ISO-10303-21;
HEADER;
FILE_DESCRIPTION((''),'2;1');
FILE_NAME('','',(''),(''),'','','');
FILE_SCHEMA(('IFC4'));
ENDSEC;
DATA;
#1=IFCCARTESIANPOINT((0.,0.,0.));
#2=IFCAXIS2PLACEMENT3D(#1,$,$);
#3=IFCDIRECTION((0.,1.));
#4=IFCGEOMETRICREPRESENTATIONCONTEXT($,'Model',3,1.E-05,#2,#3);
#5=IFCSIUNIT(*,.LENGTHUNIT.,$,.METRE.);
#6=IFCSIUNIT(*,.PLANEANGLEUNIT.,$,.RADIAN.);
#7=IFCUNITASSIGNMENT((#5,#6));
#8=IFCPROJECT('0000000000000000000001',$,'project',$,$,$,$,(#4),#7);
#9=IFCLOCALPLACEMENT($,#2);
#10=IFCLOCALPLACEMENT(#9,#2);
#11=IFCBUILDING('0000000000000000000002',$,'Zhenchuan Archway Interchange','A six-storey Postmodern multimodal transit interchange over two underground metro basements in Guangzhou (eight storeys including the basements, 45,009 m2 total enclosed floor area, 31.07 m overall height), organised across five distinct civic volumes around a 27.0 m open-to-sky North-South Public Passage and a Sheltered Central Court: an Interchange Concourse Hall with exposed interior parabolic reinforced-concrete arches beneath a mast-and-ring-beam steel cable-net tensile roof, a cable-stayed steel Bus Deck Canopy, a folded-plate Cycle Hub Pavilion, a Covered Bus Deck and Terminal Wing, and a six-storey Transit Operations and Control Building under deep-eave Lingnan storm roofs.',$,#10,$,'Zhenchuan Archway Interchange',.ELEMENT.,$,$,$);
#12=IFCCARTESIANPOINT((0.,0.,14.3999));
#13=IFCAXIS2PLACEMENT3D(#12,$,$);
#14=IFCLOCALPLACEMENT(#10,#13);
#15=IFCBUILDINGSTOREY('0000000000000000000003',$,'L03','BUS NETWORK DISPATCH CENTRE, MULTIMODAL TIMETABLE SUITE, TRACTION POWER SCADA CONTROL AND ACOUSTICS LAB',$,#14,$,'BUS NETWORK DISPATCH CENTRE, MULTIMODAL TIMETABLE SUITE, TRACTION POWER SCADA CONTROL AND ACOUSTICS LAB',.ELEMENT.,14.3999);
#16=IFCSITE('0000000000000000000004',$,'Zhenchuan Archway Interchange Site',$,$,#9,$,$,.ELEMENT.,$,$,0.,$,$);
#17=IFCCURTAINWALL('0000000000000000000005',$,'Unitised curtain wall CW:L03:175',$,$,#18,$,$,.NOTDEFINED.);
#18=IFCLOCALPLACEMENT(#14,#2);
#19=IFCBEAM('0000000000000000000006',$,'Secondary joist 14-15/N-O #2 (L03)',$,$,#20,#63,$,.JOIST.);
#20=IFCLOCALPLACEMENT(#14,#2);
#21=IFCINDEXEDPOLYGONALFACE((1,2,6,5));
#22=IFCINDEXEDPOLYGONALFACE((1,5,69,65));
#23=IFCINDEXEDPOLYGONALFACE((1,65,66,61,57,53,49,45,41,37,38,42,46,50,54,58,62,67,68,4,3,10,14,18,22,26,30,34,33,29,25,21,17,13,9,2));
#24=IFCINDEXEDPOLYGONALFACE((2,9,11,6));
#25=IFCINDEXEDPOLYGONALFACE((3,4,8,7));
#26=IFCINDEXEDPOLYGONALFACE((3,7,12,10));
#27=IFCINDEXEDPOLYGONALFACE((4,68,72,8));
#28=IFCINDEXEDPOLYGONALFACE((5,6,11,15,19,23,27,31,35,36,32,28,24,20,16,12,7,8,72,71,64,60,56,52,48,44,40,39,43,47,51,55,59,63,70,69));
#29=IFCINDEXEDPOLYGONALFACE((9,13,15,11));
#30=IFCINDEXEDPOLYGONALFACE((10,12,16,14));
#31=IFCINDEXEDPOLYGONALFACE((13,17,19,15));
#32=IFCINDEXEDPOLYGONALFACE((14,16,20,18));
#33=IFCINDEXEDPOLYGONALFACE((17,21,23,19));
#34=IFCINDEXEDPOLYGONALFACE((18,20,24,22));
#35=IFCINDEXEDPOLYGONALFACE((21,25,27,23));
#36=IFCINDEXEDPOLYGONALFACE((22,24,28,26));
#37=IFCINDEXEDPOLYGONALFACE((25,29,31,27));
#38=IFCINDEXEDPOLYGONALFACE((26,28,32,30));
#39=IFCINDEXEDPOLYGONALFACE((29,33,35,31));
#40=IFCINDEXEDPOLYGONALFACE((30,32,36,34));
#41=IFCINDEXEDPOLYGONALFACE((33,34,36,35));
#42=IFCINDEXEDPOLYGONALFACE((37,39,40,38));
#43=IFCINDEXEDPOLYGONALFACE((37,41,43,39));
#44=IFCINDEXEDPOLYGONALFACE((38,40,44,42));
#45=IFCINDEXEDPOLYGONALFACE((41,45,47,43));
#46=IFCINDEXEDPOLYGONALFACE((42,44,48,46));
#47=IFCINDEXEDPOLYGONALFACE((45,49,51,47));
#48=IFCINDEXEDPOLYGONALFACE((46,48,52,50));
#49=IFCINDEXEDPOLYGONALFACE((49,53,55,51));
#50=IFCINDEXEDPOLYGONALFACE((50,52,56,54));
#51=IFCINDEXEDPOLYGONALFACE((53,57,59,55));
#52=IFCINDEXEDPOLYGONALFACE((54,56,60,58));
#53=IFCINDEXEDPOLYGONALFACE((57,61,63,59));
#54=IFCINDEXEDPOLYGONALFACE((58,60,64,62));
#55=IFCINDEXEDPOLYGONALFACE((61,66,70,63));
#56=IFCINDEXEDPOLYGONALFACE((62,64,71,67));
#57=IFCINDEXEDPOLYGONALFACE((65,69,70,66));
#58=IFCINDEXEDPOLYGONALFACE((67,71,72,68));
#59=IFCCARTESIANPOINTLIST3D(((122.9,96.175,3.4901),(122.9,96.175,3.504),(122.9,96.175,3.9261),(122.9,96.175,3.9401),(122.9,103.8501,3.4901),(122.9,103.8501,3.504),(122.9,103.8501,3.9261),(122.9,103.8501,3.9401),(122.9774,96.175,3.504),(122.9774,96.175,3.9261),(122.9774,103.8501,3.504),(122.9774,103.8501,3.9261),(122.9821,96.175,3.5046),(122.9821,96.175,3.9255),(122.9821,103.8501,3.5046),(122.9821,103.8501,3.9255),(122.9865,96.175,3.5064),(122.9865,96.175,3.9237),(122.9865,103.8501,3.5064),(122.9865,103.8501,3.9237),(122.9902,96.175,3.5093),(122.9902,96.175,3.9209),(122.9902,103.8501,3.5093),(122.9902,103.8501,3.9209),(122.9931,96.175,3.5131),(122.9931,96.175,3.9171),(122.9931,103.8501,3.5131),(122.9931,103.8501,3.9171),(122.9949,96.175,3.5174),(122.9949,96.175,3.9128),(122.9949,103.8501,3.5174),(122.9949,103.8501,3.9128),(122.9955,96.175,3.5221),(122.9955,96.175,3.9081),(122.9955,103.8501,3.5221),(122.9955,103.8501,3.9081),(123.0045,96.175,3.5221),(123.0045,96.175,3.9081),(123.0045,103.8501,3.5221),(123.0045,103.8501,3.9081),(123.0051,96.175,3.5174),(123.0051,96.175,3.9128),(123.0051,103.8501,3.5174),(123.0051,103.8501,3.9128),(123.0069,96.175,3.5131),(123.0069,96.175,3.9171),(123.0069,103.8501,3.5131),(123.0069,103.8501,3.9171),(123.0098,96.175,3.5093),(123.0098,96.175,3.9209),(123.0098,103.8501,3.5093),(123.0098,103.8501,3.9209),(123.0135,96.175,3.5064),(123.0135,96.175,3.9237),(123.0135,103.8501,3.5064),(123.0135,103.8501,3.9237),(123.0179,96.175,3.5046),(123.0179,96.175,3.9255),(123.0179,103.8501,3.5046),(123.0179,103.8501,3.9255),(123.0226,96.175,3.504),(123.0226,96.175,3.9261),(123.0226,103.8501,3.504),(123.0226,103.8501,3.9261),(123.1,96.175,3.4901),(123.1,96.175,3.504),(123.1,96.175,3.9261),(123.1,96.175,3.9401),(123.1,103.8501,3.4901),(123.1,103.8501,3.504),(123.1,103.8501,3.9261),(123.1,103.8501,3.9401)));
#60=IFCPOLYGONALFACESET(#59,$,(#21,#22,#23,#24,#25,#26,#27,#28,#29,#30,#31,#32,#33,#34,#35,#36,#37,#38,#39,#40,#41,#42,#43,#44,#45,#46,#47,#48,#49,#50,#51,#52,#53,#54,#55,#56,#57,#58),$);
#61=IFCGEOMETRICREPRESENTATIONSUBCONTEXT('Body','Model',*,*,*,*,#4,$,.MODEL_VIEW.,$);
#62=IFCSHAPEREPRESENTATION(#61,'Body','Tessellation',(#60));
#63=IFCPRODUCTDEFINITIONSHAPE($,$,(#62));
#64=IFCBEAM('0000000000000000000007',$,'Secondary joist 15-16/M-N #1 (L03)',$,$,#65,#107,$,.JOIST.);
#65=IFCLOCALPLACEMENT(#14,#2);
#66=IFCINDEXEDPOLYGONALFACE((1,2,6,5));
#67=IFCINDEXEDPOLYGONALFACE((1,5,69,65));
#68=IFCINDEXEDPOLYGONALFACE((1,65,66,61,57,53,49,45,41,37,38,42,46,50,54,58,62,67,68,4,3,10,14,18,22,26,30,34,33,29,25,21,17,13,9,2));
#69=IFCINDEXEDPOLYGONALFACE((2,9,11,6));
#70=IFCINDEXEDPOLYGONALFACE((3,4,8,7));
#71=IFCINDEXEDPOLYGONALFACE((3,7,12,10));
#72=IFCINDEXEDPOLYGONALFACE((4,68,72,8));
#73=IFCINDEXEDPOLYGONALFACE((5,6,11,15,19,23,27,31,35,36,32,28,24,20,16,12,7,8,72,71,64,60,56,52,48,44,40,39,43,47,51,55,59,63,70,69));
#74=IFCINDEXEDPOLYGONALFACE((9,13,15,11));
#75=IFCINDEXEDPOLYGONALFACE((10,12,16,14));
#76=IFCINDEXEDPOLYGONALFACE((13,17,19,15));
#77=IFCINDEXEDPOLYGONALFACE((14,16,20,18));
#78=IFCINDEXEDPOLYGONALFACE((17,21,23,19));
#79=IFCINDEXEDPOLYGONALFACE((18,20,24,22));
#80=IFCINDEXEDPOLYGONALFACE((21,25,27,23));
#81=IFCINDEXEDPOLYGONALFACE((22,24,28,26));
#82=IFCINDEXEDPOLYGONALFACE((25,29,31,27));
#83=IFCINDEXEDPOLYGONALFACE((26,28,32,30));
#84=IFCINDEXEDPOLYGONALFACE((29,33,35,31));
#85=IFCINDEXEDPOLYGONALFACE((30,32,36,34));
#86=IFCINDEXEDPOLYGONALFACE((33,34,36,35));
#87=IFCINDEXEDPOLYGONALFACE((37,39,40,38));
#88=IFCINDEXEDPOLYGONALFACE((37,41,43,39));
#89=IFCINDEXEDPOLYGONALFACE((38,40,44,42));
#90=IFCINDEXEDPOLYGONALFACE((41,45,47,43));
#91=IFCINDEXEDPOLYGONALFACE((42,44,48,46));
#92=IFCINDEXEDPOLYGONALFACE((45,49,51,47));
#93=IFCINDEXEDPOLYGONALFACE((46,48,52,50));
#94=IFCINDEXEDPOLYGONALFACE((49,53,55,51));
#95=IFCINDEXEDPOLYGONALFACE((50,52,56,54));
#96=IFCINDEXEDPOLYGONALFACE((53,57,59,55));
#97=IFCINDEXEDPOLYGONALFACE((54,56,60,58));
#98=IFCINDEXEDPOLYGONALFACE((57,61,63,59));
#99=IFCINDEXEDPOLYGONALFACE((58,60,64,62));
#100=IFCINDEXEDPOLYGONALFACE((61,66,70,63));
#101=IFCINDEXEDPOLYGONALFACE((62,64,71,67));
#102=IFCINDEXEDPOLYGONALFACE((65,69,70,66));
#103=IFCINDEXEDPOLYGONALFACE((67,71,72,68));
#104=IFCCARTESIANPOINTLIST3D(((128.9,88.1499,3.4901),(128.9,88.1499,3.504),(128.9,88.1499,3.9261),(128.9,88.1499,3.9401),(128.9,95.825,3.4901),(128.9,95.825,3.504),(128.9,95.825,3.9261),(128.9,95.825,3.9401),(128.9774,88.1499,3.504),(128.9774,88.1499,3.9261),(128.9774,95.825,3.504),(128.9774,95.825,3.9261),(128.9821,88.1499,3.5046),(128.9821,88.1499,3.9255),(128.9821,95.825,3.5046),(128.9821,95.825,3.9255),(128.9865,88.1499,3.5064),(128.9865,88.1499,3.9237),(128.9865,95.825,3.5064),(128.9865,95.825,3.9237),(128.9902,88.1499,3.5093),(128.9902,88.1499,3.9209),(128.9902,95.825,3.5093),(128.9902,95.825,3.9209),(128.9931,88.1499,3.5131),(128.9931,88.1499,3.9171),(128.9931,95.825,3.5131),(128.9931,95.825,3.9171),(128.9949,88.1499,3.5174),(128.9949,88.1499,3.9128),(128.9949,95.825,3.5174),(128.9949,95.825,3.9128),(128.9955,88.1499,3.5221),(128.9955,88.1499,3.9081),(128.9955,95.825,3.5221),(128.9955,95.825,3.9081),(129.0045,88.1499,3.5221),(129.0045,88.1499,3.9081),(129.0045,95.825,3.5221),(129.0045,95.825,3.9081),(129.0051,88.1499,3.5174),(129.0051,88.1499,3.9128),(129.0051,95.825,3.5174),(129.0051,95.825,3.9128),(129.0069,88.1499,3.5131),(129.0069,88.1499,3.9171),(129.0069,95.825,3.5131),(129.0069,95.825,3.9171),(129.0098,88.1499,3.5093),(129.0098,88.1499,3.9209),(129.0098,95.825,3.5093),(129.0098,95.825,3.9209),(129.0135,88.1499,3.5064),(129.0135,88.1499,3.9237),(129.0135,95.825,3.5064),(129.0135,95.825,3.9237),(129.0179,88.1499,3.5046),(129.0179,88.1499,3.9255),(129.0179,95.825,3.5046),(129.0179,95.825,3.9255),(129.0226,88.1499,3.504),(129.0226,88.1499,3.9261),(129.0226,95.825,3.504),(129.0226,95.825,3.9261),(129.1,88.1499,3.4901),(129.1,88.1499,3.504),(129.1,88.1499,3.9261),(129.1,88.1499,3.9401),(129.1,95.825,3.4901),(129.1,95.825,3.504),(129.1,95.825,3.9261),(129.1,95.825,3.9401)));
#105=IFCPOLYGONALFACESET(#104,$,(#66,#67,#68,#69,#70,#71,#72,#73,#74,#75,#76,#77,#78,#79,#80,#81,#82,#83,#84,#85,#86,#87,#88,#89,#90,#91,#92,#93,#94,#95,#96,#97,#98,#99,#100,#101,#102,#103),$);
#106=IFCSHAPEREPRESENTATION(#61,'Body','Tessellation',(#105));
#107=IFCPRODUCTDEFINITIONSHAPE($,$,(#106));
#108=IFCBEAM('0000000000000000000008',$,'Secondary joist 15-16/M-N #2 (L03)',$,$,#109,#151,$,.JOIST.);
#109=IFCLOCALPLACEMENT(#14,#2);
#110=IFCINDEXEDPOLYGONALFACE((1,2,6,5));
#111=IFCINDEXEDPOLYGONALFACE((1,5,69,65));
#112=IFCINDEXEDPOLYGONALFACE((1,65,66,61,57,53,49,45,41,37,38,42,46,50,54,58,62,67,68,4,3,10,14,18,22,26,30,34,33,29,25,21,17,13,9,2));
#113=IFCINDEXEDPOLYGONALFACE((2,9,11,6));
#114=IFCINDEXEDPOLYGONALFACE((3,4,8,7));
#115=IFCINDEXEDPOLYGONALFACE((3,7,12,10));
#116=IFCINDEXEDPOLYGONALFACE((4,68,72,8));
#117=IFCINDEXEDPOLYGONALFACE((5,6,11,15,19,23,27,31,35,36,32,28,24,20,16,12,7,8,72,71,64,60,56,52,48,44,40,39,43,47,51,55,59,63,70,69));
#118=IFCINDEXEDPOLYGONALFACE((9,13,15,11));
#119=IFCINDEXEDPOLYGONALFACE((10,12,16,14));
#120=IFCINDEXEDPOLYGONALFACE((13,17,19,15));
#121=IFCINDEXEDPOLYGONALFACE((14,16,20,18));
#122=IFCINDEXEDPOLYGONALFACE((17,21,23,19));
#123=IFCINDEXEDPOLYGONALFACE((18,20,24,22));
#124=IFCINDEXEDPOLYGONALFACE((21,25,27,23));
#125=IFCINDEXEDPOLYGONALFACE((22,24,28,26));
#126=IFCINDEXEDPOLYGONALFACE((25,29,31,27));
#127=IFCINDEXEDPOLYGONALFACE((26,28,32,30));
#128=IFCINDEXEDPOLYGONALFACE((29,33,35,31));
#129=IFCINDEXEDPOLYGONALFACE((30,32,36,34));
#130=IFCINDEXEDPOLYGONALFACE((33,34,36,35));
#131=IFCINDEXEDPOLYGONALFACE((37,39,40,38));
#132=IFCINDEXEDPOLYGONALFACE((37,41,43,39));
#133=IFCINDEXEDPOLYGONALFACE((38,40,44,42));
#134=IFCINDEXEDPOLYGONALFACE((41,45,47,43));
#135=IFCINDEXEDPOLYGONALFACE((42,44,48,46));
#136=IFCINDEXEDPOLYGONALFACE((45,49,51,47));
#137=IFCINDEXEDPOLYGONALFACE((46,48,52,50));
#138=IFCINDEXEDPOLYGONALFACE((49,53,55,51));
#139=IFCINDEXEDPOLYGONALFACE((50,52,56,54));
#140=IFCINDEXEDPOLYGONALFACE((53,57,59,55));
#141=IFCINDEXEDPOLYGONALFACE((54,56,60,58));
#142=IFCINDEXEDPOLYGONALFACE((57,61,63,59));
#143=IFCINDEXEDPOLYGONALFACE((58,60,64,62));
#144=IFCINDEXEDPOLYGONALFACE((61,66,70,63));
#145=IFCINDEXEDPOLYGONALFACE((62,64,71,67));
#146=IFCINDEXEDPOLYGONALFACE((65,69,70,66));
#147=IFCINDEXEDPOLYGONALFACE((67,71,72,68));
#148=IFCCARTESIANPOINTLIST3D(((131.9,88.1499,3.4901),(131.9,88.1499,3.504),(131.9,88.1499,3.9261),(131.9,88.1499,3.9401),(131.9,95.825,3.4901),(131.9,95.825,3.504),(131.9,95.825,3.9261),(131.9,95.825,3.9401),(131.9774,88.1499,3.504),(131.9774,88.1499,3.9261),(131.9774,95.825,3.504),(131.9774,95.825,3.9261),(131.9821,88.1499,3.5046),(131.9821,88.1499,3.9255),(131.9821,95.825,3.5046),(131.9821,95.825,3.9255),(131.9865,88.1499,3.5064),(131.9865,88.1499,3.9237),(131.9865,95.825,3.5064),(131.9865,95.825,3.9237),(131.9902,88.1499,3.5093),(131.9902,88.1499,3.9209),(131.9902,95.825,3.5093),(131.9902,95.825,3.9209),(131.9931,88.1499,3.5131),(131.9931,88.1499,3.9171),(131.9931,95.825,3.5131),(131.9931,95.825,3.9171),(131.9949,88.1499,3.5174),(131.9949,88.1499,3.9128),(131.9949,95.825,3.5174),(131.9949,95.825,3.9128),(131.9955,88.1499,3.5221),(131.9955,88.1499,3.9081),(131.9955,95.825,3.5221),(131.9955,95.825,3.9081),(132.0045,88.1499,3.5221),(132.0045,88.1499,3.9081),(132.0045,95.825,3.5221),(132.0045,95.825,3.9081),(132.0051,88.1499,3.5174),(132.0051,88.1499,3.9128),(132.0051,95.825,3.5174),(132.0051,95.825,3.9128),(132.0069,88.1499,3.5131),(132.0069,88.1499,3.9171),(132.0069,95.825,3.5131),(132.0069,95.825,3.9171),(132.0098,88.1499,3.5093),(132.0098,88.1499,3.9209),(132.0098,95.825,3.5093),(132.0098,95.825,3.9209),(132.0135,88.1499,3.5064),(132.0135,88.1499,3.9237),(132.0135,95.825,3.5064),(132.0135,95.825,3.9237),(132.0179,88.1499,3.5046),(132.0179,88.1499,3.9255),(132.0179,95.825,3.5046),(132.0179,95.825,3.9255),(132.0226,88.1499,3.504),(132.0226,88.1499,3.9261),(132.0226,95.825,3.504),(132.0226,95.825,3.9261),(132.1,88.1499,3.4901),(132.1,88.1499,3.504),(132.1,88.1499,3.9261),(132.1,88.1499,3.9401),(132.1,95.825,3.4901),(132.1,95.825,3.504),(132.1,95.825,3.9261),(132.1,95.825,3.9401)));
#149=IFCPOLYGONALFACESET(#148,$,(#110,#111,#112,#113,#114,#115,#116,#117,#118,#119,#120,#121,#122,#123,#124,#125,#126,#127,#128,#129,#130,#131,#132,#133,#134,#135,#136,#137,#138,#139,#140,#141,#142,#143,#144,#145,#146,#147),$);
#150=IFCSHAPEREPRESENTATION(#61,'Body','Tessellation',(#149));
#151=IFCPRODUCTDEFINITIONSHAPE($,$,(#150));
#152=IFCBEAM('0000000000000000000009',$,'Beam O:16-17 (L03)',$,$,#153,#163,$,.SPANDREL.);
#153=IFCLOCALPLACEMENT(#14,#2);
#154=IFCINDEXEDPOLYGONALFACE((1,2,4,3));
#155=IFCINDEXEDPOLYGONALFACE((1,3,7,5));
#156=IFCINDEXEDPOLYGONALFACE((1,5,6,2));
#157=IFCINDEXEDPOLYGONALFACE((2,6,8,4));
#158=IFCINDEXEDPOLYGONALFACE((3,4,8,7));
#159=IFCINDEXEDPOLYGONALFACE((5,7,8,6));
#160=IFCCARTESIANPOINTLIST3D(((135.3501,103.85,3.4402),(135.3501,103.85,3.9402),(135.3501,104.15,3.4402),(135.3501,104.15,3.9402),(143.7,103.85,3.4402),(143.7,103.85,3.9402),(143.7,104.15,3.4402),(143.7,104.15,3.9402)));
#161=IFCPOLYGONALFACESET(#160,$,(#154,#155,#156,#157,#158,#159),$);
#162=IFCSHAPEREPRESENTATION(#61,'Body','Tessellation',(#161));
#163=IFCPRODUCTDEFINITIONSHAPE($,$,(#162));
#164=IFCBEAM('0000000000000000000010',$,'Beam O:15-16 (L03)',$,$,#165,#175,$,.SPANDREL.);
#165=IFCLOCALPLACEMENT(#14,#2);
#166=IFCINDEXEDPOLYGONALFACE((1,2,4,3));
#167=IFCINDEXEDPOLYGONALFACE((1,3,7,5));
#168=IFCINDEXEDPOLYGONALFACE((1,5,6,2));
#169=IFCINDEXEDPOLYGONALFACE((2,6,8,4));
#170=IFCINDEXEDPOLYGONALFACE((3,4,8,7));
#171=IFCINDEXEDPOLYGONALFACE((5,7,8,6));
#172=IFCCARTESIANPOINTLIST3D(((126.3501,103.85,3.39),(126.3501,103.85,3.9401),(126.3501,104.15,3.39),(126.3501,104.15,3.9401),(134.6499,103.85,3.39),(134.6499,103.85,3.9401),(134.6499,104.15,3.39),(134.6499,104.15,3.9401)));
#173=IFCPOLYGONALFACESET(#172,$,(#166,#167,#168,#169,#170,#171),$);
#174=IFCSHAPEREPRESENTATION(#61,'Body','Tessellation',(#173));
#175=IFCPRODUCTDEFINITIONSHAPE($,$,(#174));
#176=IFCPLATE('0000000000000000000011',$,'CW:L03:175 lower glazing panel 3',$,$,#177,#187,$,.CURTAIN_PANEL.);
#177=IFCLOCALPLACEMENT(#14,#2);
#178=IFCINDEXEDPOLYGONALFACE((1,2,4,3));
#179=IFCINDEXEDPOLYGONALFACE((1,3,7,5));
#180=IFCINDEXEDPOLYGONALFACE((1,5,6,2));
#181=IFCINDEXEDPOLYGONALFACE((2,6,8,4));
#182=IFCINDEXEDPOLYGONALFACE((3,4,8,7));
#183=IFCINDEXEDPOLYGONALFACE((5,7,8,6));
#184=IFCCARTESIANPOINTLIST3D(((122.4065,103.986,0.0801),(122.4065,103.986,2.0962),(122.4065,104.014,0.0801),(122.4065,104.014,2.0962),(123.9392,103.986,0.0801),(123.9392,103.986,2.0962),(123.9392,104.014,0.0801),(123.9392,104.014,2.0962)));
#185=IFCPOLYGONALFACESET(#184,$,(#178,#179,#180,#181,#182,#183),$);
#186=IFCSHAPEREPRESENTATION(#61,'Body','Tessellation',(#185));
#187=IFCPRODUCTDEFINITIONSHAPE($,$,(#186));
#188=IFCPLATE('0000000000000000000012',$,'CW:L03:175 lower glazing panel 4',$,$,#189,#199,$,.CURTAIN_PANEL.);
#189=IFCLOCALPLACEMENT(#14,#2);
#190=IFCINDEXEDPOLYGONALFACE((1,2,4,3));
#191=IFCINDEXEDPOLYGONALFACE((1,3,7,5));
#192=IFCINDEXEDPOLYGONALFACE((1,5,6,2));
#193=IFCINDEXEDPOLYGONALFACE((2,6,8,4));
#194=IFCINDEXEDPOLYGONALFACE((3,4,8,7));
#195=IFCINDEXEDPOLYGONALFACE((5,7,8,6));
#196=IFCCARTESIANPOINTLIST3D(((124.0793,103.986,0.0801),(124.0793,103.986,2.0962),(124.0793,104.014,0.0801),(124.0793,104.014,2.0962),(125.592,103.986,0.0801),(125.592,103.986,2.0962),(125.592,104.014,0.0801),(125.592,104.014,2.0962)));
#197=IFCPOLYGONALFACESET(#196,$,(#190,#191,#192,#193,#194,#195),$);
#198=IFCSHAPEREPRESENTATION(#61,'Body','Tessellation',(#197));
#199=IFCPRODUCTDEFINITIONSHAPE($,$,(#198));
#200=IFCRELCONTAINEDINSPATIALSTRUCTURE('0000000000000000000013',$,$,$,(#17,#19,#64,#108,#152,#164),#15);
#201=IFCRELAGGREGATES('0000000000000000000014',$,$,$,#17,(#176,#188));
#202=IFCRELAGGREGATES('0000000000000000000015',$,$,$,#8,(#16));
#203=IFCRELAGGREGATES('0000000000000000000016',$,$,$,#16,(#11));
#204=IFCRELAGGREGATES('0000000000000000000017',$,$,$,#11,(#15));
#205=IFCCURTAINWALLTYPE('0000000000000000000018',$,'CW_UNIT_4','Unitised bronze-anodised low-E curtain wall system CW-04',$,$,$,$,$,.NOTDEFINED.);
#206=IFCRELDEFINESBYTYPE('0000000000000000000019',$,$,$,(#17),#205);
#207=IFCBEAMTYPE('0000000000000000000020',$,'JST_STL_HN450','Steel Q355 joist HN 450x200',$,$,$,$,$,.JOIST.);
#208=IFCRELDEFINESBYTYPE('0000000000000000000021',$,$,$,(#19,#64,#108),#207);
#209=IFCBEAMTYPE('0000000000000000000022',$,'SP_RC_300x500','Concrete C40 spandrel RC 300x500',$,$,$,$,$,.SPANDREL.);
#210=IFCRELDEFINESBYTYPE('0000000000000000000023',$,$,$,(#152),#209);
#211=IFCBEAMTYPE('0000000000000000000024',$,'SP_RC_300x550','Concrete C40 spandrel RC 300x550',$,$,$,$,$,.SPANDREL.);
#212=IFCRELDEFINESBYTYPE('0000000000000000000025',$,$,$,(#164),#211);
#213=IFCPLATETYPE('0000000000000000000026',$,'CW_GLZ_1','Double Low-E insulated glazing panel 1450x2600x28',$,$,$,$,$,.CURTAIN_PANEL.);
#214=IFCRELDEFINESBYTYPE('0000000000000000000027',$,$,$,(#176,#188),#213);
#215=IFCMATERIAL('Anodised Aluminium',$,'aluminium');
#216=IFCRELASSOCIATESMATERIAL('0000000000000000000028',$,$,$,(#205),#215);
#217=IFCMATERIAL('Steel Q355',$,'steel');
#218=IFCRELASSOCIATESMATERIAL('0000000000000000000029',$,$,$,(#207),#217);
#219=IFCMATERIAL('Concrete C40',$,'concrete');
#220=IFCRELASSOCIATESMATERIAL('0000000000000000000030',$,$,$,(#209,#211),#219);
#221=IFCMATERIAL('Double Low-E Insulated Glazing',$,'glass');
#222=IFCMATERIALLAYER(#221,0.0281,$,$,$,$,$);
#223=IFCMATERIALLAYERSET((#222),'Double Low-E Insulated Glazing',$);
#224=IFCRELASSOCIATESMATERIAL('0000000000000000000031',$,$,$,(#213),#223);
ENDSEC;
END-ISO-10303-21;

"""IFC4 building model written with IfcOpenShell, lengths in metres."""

from ifc_helpers import new_model, si_unit, direction, frame, origin, origin_2d, place, context, subcontext, project, spatial, rectangle, i_section, extrude, material, layer, layer_set, material_profile, profile_set, type_object, element, aggregate, save


model = new_model("IFC4")

# Units and contexts
model_context = context("Model", 3, precision=1e-05, world=origin(), true_north=direction((0.0, 1.0)))
body_context = subcontext(model_context, "Body", "Model", "MODEL_VIEW")
ifc_project = project(units=[si_unit("LENGTHUNIT", "METRE"), si_unit("PLANEANGLEUNIT", "RADIAN")], contexts=[model_context])

# Site, building, storey
site_placement = place(None, origin())
site = spatial("IfcSite", under=ifc_project, at=site_placement, Name="Zhenchuan Archway Interchange Site", CompositionType="ELEMENT", RefElevation=0.0)
building_placement = place(site_placement, origin())
building = spatial("IfcBuilding", under=site, at=building_placement, Name="Zhenchuan Archway Interchange", Description="A six-storey Postmodern multimodal transit interchange over two underground metro basements in Guangzhou (eight storeys including the basements, 45,009 m2 total enclosed floor area, 31.07 m overall height), organised across five distinct civic volumes around a 27.0 m open-to-sky North-South Public Passage and a Sheltered Central Court: an Interchange Concourse Hall with exposed interior parabolic reinforced-concrete arches beneath a mast-and-ring-beam steel cable-net tensile roof, a cable-stayed steel Bus Deck Canopy, a folded-plate Cycle Hub Pavilion, a Covered Bus Deck and Terminal Wing, and a six-storey Transit Operations and Control Building under deep-eave Lingnan storm roofs.", LongName="Zhenchuan Archway Interchange", CompositionType="ELEMENT")
storey_placement = place(building_placement, frame((0.0, 0.0, 14.3999)))
storey = spatial("IfcBuildingStorey", under=building, at=storey_placement, Name="L03", Description="BUS NETWORK DISPATCH CENTRE, MULTIMODAL TIMETABLE SUITE, TRACTION POWER SCADA CONTROL AND ACOUSTICS LAB", LongName="BUS NETWORK DISPATCH CENTRE, MULTIMODAL TIMETABLE SUITE, TRACTION POWER SCADA CONTROL AND ACOUSTICS LAB", CompositionType="ELEMENT", Elevation=14.3999)

# Shared definitions
ifc_material_1 = material(Name="Concrete C40", Category="concrete")

# Curtain wall
ifc_material_2 = material(Name="Anodised Aluminium", Category="aluminium")
curtain_wall_type_1 = type_object("IfcCurtainWallType", Name="CW_UNIT_4", Description="Unitised bronze-anodised low-E curtain wall system CW-04", PredefinedType="NOTDEFINED", material=ifc_material_2)
curtain_wall_1_placement = place(storey_placement, origin())
curtain_wall_1 = element("IfcCurtainWall", 1, at=curtain_wall_1_placement, inside=storey, type_object=curtain_wall_type_1, Name="Unitised curtain wall CW:L03:175", PredefinedType="NOTDEFINED")

# Beams
ifc_material_3 = material(Name="Steel Q355", Category="steel")
ifc_material_profile_1 = material_profile(ifc_material_3, i_section(OverallWidth=0.2, OverallDepth=0.45, WebThickness=0.009, FlangeThickness=0.0139, FilletRadius=0.0181, at=origin_2d()), Name="HN 450x200")
ifc_profile_set_1 = profile_set([ifc_material_profile_1], Name="Steel Q355")
beam_type_1 = type_object("IfcBeamType", Name="JST_STL_HN450", Description="Steel Q355 joist HN 450x200", PredefinedType="JOIST", material=ifc_profile_set_1)
for number, where, z_axis, x_axis, name in (
    (2, (123.0, 96.175, 3.7151), (0.0, 1.0, 0.0), (-1.0, 0.0, 0.0), "Secondary joist 14-15/N-O #2 (L03)"),
    (3, (129.0, 88.1499, 3.7151), (0.0, 1.0, 0.0), (-1.0, 0.0, 0.0), "Secondary joist 15-16/M-N #1 (L03)"),
    (4, (132.0, 88.1499, 3.7151), (0.0, 1.0, 0.0), (-1.0, 0.0, 0.0), "Secondary joist 15-16/M-N #2 (L03)"),
):
    element("IfcBeam", number, at=place(storey_placement, frame(where, z_axis=z_axis, x_axis=x_axis)), inside=storey, type_object=beam_type_1, Name=name, PredefinedType="JOIST", context=body_context, shape_type="SweptSolid", body=[
        extrude(i_section(OverallWidth=0.2, OverallDepth=0.45, WebThickness=0.009, FlangeThickness=0.0139, FilletRadius=0.0181, at=origin_2d()), origin(), (0.0, 0.0, 1.0), 7.675),
    ])
ifc_material_profile_2 = material_profile(ifc_material_1, rectangle(XDim=0.3, YDim=0.5, at=origin_2d()), Name="RC 300x500")
ifc_profile_set_2 = profile_set([ifc_material_profile_2], Name="Concrete C40")
beam_type_2 = type_object("IfcBeamType", Name="SP_RC_300x500", Description="Concrete C40 spandrel RC 300x500", PredefinedType="SPANDREL", material=ifc_profile_set_2)
beam_1_placement = place(storey_placement, frame((135.3501, 104.0, 3.6902), z_axis=(1.0, 0.0, 0.0), x_axis=(0.0, 1.0, 0.0)))
element("IfcBeam", 5, at=beam_1_placement, inside=storey, type_object=beam_type_2, Name="Beam O:16-17 (L03)", PredefinedType="SPANDREL", context=body_context, shape_type="SweptSolid", body=[
    extrude(rectangle(XDim=0.3, YDim=0.5, at=origin_2d()), origin(), (0.0, 0.0, 1.0), 8.3499),
])
ifc_material_profile_3 = material_profile(ifc_material_1, rectangle(XDim=0.3, YDim=0.55, at=origin_2d()), Name="RC 300x550")
ifc_profile_set_3 = profile_set([ifc_material_profile_3], Name="Concrete C40")
beam_type_3 = type_object("IfcBeamType", Name="SP_RC_300x550", Description="Concrete C40 spandrel RC 300x550", PredefinedType="SPANDREL", material=ifc_profile_set_3)
beam_2_placement = place(storey_placement, frame((126.3501, 104.0, 3.665), z_axis=(1.0, 0.0, 0.0), x_axis=(0.0, 1.0, 0.0)))
element("IfcBeam", 6, at=beam_2_placement, inside=storey, type_object=beam_type_3, Name="Beam O:15-16 (L03)", PredefinedType="SPANDREL", context=body_context, shape_type="SweptSolid", body=[
    extrude(rectangle(XDim=0.3, YDim=0.55, at=origin_2d()), origin(), (0.0, 0.0, 1.0), 8.2998),
])

# Plates
ifc_material_4 = material(Name="Double Low-E Insulated Glazing", Category="glass")
ifc_layer_1 = layer(ifc_material_4, 0.0281)
ifc_layer_set_1 = layer_set([ifc_layer_1], Name="Double Low-E Insulated Glazing")
plate_type_1 = type_object("IfcPlateType", Name="CW_GLZ_1", Description="Double Low-E insulated glazing panel 1450x2600x28", PredefinedType="CURTAIN_PANEL", material=ifc_layer_set_1)
plate_1_placement = place(storey_placement, frame((123.1729, 104.0, 0.0801), z_axis=(0.0, 0.0, 1.0), x_axis=(1.0, 0.0, 0.0)))
plate_1 = element("IfcPlate", 7, at=plate_1_placement, type_object=plate_type_1, Name="CW:L03:175 lower glazing panel 3", PredefinedType="CURTAIN_PANEL", context=body_context, shape_type="SweptSolid", body=[
    extrude(rectangle(XDim=1.5327, YDim=0.0281, at=origin_2d()), origin(), (0.0, 0.0, 1.0), 2.0161),
])
plate_2_placement = place(storey_placement, frame((124.8357, 104.0, 0.0801), z_axis=(0.0, 0.0, 1.0), x_axis=(1.0, 0.0, 0.0)))
plate_2 = element("IfcPlate", 8, at=plate_2_placement, type_object=plate_type_1, Name="CW:L03:175 lower glazing panel 4", PredefinedType="CURTAIN_PANEL", context=body_context, shape_type="SweptSolid", body=[
    extrude(rectangle(XDim=1.5127, YDim=0.0281, at=origin_2d()), origin(), (0.0, 0.0, 1.0), 2.0161),
])
aggregate(curtain_wall_1, [plate_1, plate_2])

save(model, "model.ifc")
